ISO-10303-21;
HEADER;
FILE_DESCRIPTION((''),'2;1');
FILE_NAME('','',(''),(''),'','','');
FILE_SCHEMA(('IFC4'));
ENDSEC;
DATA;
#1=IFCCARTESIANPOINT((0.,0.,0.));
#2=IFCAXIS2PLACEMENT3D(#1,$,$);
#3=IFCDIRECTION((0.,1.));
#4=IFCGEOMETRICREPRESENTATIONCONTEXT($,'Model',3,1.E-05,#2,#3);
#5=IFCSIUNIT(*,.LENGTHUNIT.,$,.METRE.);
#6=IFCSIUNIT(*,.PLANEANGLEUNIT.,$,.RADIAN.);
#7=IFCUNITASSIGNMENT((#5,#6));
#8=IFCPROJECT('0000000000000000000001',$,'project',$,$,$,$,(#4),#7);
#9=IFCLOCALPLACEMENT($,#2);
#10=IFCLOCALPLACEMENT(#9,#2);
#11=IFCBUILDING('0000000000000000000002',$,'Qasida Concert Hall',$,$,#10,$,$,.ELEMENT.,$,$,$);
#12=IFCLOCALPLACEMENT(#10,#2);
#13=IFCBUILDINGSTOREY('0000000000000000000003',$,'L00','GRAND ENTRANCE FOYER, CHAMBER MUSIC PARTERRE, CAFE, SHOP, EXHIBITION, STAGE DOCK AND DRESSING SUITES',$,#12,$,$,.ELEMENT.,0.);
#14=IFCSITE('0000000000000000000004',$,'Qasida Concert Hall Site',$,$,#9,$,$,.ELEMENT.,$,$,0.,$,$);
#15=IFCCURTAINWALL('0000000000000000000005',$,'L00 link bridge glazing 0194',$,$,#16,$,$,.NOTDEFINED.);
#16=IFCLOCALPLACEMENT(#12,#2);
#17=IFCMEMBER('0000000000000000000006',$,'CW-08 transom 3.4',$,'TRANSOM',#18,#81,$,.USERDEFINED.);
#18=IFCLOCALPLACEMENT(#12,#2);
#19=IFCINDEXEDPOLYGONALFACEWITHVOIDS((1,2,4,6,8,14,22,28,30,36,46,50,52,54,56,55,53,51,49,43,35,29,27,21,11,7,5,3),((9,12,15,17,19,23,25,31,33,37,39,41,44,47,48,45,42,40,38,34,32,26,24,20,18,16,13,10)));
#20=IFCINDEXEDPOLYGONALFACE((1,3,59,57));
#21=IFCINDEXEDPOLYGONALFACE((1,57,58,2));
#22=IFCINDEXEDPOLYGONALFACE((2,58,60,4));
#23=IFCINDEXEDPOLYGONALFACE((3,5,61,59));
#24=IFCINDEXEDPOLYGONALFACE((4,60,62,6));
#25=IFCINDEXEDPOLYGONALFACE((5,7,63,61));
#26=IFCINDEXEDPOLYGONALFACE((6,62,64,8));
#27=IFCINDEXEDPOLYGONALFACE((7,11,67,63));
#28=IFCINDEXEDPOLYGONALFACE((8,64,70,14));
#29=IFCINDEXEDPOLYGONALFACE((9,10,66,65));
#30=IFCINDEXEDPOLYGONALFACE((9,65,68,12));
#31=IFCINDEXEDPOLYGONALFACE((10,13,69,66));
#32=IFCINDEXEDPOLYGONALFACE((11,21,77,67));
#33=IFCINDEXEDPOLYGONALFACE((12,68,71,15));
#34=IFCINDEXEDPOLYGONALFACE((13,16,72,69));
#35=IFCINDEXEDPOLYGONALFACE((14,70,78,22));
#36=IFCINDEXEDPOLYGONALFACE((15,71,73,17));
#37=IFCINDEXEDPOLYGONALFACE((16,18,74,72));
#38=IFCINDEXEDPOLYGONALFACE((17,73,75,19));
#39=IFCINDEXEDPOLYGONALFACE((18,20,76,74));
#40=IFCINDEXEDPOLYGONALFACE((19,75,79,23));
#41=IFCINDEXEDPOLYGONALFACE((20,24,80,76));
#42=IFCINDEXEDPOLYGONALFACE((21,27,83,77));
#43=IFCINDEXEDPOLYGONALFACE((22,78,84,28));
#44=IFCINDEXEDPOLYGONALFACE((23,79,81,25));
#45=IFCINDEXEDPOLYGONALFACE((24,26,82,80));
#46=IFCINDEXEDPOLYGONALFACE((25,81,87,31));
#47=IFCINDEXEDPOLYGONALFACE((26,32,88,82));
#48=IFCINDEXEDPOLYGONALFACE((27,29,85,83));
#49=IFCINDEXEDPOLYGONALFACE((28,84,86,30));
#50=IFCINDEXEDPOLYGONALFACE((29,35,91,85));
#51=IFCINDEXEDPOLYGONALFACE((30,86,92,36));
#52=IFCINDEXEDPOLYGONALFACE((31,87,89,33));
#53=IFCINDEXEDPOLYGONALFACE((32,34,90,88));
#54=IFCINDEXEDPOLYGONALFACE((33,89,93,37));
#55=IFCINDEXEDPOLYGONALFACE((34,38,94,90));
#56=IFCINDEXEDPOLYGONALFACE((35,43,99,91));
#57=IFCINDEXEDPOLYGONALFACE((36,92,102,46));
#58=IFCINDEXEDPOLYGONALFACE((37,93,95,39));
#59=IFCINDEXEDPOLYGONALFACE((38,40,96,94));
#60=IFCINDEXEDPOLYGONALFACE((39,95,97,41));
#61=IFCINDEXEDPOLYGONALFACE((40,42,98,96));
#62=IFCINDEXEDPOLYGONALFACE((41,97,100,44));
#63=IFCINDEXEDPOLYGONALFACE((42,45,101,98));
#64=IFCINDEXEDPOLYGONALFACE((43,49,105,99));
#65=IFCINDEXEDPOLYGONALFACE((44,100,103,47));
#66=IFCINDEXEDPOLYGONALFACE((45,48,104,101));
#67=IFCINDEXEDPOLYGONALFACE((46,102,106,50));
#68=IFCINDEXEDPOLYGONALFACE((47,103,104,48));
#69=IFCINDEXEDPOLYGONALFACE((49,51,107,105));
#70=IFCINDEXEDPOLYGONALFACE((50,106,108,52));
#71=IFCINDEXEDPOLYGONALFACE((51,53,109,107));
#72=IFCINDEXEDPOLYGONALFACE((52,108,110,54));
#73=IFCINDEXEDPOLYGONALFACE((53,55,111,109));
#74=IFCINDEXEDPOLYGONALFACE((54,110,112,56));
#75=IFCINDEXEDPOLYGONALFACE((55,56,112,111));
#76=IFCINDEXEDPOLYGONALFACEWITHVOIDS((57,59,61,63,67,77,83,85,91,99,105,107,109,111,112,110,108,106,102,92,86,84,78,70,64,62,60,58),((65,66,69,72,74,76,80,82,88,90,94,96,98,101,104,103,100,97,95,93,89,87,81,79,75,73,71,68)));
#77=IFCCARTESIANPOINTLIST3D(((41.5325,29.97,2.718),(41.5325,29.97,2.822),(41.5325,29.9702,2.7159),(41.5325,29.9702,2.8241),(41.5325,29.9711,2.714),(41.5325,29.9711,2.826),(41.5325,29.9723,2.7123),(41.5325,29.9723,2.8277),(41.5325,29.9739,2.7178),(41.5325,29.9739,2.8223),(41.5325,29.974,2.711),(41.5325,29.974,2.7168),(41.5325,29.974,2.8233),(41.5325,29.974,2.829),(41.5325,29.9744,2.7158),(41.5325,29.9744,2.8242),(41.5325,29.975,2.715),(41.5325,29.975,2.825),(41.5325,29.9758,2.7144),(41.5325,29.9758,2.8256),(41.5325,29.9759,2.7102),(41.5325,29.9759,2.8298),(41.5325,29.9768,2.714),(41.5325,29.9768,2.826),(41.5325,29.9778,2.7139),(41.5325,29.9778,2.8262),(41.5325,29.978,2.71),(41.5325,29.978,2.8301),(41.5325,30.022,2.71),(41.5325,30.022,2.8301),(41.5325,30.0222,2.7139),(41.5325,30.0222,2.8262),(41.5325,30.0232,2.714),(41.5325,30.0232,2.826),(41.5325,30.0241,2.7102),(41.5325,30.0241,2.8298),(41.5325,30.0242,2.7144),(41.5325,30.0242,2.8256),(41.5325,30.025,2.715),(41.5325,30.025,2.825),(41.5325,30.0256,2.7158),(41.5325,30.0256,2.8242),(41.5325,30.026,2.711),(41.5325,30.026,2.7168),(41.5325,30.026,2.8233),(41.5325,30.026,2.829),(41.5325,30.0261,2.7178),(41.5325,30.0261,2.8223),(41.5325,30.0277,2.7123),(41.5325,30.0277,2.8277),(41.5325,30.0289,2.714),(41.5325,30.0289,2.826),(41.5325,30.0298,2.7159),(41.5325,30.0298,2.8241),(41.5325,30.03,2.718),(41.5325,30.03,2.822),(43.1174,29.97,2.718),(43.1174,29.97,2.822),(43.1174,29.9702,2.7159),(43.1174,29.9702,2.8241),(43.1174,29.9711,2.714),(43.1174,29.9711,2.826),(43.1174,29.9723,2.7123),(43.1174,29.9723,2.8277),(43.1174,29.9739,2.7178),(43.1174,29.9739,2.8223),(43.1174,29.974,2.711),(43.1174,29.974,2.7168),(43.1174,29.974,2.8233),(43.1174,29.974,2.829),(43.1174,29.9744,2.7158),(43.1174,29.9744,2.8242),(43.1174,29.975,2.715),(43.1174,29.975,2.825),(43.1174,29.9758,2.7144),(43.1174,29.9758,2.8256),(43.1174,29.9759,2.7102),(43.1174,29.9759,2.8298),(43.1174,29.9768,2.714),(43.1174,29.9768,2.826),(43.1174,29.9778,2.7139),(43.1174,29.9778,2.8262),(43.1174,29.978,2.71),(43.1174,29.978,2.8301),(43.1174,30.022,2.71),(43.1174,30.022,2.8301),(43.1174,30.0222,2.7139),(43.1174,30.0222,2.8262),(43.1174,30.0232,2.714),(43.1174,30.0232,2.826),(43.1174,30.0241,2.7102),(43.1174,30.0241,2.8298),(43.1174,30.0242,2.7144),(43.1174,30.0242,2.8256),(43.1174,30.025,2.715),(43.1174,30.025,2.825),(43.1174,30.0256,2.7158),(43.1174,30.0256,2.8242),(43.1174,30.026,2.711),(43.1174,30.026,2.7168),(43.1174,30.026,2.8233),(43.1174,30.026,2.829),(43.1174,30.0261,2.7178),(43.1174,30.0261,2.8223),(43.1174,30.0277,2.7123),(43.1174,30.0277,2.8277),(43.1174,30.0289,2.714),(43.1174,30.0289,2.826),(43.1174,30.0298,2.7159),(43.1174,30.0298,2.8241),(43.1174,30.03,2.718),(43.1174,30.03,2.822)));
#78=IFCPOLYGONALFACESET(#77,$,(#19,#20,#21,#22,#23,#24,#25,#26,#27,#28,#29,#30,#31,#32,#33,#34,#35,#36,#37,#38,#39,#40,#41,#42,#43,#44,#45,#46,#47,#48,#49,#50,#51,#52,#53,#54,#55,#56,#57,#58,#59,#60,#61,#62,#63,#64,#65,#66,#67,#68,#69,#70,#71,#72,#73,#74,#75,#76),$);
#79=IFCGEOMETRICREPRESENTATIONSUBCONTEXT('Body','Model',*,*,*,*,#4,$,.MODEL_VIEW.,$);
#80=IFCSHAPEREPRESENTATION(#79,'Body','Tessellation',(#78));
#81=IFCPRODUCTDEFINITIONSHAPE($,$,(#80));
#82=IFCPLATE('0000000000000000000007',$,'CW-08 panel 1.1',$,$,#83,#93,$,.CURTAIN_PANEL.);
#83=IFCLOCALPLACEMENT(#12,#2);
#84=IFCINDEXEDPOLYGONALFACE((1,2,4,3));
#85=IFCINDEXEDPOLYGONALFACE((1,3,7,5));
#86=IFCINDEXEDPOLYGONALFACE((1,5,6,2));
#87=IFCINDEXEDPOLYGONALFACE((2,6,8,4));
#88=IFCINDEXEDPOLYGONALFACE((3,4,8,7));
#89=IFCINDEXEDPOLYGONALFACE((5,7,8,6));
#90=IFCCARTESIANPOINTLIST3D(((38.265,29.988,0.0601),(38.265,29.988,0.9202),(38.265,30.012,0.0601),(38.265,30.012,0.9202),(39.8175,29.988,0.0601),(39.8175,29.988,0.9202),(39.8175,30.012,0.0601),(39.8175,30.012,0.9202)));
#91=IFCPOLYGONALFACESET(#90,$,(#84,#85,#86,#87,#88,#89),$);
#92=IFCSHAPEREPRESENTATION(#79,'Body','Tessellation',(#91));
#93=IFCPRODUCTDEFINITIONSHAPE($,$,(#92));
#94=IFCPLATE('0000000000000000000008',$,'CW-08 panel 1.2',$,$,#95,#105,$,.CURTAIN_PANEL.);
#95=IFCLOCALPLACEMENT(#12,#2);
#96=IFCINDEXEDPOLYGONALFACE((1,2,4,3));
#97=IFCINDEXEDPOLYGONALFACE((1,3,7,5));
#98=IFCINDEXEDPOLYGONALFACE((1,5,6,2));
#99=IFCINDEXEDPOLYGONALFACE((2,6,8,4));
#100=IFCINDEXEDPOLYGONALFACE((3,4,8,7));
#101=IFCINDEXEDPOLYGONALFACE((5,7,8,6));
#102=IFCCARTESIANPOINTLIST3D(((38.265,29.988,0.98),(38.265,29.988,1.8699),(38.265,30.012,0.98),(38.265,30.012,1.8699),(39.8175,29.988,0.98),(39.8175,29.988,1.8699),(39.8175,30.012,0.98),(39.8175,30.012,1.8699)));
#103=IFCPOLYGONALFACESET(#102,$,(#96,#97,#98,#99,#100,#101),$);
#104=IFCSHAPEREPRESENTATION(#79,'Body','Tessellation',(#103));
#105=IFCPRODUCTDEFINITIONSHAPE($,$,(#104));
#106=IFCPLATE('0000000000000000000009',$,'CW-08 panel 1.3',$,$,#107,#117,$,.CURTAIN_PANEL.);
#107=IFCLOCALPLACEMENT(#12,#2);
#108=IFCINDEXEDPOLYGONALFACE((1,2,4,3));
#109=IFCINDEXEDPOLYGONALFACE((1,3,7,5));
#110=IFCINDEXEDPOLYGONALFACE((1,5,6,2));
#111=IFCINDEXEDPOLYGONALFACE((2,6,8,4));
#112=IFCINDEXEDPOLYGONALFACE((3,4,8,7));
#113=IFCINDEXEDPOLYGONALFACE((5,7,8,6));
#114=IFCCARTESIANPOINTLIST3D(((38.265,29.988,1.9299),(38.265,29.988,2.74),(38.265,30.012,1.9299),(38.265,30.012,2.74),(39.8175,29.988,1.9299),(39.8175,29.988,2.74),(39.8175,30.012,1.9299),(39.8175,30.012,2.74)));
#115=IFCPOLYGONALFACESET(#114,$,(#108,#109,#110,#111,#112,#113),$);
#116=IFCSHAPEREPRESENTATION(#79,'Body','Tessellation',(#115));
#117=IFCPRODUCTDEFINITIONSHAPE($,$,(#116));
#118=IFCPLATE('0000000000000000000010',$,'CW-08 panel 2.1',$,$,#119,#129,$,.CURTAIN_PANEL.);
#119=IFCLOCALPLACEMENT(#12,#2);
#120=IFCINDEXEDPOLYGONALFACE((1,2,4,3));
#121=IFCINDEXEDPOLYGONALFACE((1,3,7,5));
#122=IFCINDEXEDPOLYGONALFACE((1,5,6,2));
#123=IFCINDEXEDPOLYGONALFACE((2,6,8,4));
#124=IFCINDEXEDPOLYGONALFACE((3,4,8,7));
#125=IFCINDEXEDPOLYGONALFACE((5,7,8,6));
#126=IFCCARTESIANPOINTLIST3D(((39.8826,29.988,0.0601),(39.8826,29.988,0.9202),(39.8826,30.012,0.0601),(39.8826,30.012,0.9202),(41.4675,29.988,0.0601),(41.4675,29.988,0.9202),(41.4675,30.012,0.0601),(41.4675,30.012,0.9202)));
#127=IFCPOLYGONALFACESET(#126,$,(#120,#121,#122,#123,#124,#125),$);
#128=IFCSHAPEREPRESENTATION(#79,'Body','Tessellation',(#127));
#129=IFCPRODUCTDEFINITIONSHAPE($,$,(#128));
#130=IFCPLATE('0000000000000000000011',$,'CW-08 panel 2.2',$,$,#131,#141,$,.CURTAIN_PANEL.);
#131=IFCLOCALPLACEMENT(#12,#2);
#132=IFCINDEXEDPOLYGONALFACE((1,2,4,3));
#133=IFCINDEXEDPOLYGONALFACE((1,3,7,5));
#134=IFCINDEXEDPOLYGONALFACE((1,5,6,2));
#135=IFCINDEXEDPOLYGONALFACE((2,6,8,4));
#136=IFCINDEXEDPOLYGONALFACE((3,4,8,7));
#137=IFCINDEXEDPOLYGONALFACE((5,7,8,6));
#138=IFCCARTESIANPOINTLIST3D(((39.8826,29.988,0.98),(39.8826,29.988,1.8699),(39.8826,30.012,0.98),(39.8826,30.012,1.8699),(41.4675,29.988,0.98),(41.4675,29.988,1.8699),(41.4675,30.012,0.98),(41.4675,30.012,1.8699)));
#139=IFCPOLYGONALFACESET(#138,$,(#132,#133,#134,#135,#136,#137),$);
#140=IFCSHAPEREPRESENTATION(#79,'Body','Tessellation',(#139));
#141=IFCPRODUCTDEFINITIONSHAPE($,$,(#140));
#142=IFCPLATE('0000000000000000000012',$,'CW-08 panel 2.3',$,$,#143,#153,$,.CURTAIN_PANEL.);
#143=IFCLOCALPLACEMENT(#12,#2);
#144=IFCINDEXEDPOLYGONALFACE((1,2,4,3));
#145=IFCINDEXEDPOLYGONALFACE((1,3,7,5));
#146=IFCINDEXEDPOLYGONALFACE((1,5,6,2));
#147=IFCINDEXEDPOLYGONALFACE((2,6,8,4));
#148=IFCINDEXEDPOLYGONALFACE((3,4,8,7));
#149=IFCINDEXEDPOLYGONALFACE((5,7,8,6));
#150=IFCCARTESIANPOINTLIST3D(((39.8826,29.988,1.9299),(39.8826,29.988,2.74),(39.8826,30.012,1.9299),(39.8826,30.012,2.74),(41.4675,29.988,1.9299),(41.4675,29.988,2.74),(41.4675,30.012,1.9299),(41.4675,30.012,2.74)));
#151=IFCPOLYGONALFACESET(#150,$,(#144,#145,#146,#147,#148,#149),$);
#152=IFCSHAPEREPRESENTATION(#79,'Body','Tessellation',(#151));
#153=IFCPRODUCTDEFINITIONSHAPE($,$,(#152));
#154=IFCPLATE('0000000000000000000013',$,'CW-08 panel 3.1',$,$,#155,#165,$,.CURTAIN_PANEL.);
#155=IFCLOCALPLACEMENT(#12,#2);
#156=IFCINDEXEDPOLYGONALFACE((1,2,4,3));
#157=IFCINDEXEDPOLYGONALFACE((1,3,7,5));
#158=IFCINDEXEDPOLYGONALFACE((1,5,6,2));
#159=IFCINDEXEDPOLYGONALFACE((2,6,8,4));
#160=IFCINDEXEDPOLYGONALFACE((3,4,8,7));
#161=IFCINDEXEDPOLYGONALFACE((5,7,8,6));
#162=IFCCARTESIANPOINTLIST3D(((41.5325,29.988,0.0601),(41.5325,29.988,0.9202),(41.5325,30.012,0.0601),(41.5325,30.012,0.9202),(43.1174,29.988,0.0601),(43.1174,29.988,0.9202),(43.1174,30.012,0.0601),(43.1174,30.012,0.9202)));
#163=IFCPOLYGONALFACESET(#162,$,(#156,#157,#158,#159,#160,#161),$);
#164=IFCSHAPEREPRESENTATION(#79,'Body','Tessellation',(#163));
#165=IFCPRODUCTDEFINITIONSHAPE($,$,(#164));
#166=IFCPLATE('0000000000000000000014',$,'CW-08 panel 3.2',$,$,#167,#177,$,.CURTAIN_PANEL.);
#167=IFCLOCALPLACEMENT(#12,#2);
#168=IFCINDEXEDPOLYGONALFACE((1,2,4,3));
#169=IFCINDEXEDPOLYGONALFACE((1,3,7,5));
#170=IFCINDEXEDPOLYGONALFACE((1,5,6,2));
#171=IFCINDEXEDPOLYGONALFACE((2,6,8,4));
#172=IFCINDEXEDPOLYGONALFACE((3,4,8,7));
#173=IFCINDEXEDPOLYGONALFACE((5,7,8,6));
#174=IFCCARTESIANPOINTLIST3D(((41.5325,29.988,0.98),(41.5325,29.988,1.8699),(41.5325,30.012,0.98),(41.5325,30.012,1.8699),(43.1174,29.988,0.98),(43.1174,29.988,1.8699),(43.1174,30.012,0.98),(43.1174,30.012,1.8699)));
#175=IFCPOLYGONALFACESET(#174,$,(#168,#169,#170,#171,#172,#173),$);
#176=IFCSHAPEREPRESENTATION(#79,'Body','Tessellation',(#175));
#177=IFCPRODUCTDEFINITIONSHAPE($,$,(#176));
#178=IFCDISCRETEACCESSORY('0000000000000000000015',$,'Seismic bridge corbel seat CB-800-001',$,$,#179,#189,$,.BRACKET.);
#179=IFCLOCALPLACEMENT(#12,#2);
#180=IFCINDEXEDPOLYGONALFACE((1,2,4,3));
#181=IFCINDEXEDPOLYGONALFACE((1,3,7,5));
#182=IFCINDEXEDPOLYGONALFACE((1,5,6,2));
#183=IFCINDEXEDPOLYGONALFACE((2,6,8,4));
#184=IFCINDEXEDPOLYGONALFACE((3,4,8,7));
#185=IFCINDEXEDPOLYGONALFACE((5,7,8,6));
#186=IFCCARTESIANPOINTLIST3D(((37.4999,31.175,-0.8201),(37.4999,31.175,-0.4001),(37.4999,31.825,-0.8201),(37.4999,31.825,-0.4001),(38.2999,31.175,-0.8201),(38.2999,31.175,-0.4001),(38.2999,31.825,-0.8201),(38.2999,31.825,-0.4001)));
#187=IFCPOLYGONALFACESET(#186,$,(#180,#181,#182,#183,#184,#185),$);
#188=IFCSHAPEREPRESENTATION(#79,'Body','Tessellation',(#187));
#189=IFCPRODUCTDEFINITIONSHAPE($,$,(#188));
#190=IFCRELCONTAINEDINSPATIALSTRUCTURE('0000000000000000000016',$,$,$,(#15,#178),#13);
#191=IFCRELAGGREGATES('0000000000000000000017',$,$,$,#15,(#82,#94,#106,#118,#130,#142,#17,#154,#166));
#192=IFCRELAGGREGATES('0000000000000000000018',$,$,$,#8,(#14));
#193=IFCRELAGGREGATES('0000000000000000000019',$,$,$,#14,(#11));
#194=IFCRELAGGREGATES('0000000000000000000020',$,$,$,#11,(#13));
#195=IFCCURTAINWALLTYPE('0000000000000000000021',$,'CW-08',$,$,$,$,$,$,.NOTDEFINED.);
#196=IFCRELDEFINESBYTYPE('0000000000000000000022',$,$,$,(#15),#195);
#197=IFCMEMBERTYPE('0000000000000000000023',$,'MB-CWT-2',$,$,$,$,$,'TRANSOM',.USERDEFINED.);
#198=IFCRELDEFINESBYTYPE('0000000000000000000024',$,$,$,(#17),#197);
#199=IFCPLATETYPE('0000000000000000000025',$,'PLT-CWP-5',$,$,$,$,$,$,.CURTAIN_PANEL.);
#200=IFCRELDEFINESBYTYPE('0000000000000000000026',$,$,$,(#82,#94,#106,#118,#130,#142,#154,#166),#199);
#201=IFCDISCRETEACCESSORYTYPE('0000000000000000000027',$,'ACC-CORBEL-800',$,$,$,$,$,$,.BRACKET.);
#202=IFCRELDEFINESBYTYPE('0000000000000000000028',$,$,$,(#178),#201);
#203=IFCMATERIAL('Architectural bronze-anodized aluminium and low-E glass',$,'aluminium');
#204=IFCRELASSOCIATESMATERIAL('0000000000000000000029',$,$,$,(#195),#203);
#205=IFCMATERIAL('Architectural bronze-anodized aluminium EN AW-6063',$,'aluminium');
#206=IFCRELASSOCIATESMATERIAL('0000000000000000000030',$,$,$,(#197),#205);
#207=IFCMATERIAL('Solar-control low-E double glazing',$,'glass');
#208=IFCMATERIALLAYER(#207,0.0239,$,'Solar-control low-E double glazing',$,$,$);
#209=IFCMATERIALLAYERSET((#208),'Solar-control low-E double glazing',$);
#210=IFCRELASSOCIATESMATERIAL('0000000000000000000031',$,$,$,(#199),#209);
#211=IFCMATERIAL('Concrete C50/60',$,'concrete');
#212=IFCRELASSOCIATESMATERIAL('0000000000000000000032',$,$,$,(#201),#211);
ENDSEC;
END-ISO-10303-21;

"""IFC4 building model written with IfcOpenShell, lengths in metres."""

from ifc_helpers import new_model, si_unit, direction, frame, origin, origin_2d, place, context, subcontext, project, spatial, rectangle, hollow_rectangle, extrude, material, layer, layer_set, material_profile, profile_set, type_object, element, aggregate, save


model = new_model("IFC4")

# Units and contexts
model_context = context("Model", 3, precision=1e-05, world=origin(), true_north=direction((0.0, 1.0)))
body_context = subcontext(model_context, "Body", "Model", "MODEL_VIEW")
ifc_project = project(units=[si_unit("LENGTHUNIT", "METRE"), si_unit("PLANEANGLEUNIT", "RADIAN")], contexts=[model_context])

# Site, building, storey
site_placement = place(None, origin())
site = spatial("IfcSite", under=ifc_project, at=site_placement, Name="Qasida Concert Hall Site", CompositionType="ELEMENT", RefElevation=0.0)
building_placement = place(site_placement, origin())
building = spatial("IfcBuilding", under=site, at=building_placement, Name="Qasida Concert Hall", CompositionType="ELEMENT")
storey_placement = place(building_placement, origin())
storey = spatial("IfcBuildingStorey", under=building, at=storey_placement, Name="L00", Description="GRAND ENTRANCE FOYER, CHAMBER MUSIC PARTERRE, CAFE, SHOP, EXHIBITION, STAGE DOCK AND DRESSING SUITES", CompositionType="ELEMENT", Elevation=0.0)

# Curtain wall, member, plates
ifc_material_1 = material(Name="Architectural bronze-anodized aluminium and low-E glass", Category="aluminium")
curtain_wall_type = type_object("IfcCurtainWallType", Name="CW-08", PredefinedType="NOTDEFINED", material=ifc_material_1)
curtain_wall_placement = place(storey_placement, origin())
curtain_wall = element("IfcCurtainWall", 1, at=curtain_wall_placement, inside=storey, type_object=curtain_wall_type, Name="L00 link bridge glazing 0194", PredefinedType="NOTDEFINED")
ifc_material_2 = material(Name="Architectural bronze-anodized aluminium EN AW-6063", Category="aluminium")
ifc_material_profile_1 = material_profile(ifc_material_2, hollow_rectangle(XDim=0.0601, YDim=0.1201, WallThickness=0.0039, InnerFilletRadius=0.0039, OuterFilletRadius=0.0081, at=origin_2d()), Name="CWT 120x60x4")
ifc_profile_set_1 = profile_set([ifc_material_profile_1], Name="Architectural bronze-anodized aluminium EN AW-6063")
member_type_1 = type_object("IfcMemberType", Name="MB-CWT-2", ElementType="TRANSOM", PredefinedType="USERDEFINED", material=ifc_profile_set_1)
member_1_placement = place(storey_placement, frame((41.5325, 30.0, 2.77), z_axis=(1.0, 0.0, 0.0), x_axis=(0.0, 1.0, 0.0)))
member_1 = element("IfcMember", 2, at=member_1_placement, type_object=member_type_1, Name="CW-08 transom 3.4", ObjectType="TRANSOM", PredefinedType="USERDEFINED", context=body_context, shape_type="SweptSolid", body=[
    extrude(hollow_rectangle(XDim=0.0601, YDim=0.1201, WallThickness=0.0039, InnerFilletRadius=0.0039, OuterFilletRadius=0.0081, at=origin_2d()), origin(), (0.0, 0.0, 1.0), 1.585),
])
ifc_material_3 = material(Name="Solar-control low-E double glazing", Category="glass")
ifc_layer = layer(ifc_material_3, 0.0239, Name="Solar-control low-E double glazing")
ifc_layer_set = layer_set([ifc_layer], Name="Solar-control low-E double glazing")
plate_type = type_object("IfcPlateType", Name="PLT-CWP-5", PredefinedType="CURTAIN_PANEL", material=ifc_layer_set)
plate_1_placement = place(storey_placement, frame((39.0413, 30.0, 0.0601), z_axis=(0.0, 0.0, 1.0), x_axis=(1.0, 0.0, 0.0)))
plate_1 = element("IfcPlate", 3, at=plate_1_placement, type_object=plate_type, Name="CW-08 panel 1.1", PredefinedType="CURTAIN_PANEL", context=body_context, shape_type="SweptSolid", body=[
    extrude(rectangle(XDim=1.5525, YDim=0.0239, at=origin_2d()), origin(), (0.0, 0.0, 1.0), 0.8601),
])
plate_2_placement = place(storey_placement, frame((39.0413, 30.0, 0.98), z_axis=(0.0, 0.0, 1.0), x_axis=(1.0, 0.0, 0.0)))
plate_2 = element("IfcPlate", 4, at=plate_2_placement, type_object=plate_type, Name="CW-08 panel 1.2", PredefinedType="CURTAIN_PANEL", context=body_context, shape_type="SweptSolid", body=[
    extrude(rectangle(XDim=1.5525, YDim=0.0239, at=origin_2d()), origin(), (0.0, 0.0, 1.0), 0.8899),
])
plate_3_placement = place(storey_placement, frame((39.0413, 30.0, 1.9299), z_axis=(0.0, 0.0, 1.0), x_axis=(1.0, 0.0, 0.0)))
plate_3 = element("IfcPlate", 5, at=plate_3_placement, type_object=plate_type, Name="CW-08 panel 1.3", PredefinedType="CURTAIN_PANEL", context=body_context, shape_type="SweptSolid", body=[
    extrude(rectangle(XDim=1.5525, YDim=0.0239, at=origin_2d()), origin(), (0.0, 0.0, 1.0), 0.8101),
])
plate_4_placement = place(storey_placement, frame((40.675, 30.0, 0.0601), z_axis=(0.0, 0.0, 1.0), x_axis=(1.0, 0.0, 0.0)))
plate_4 = element("IfcPlate", 6, at=plate_4_placement, type_object=plate_type, Name="CW-08 panel 2.1", PredefinedType="CURTAIN_PANEL", context=body_context, shape_type="SweptSolid", body=[
    extrude(rectangle(XDim=1.585, YDim=0.0239, at=origin_2d()), origin(), (0.0, 0.0, 1.0), 0.8601),
])
plate_5_placement = place(storey_placement, frame((40.675, 30.0, 0.98), z_axis=(0.0, 0.0, 1.0), x_axis=(1.0, 0.0, 0.0)))
plate_5 = element("IfcPlate", 7, at=plate_5_placement, type_object=plate_type, Name="CW-08 panel 2.2", PredefinedType="CURTAIN_PANEL", context=body_context, shape_type="SweptSolid", body=[
    extrude(rectangle(XDim=1.585, YDim=0.0239, at=origin_2d()), origin(), (0.0, 0.0, 1.0), 0.8899),
])
plate_6_placement = place(storey_placement, frame((40.675, 30.0, 1.9299), z_axis=(0.0, 0.0, 1.0), x_axis=(1.0, 0.0, 0.0)))
plate_6 = element("IfcPlate", 8, at=plate_6_placement, type_object=plate_type, Name="CW-08 panel 2.3", PredefinedType="CURTAIN_PANEL", context=body_context, shape_type="SweptSolid", body=[
    extrude(rectangle(XDim=1.585, YDim=0.0239, at=origin_2d()), origin(), (0.0, 0.0, 1.0), 0.8101),
])
plate_7_placement = place(storey_placement, frame((42.325, 30.0, 0.0601), z_axis=(0.0, 0.0, 1.0), x_axis=(1.0, 0.0, 0.0)))
plate_7 = element("IfcPlate", 9, at=plate_7_placement, type_object=plate_type, Name="CW-08 panel 3.1", PredefinedType="CURTAIN_PANEL", context=body_context, shape_type="SweptSolid", body=[
    extrude(rectangle(XDim=1.585, YDim=0.0239, at=origin_2d()), origin(), (0.0, 0.0, 1.0), 0.8601),
])
plate_8_placement = place(storey_placement, frame((42.325, 30.0, 0.98), z_axis=(0.0, 0.0, 1.0), x_axis=(1.0, 0.0, 0.0)))
plate_8 = element("IfcPlate", 10, at=plate_8_placement, type_object=plate_type, Name="CW-08 panel 3.2", PredefinedType="CURTAIN_PANEL", context=body_context, shape_type="SweptSolid", body=[
    extrude(rectangle(XDim=1.585, YDim=0.0239, at=origin_2d()), origin(), (0.0, 0.0, 1.0), 0.8899),
])
aggregate(curtain_wall, [plate_1, plate_2, plate_3, plate_4, plate_5, plate_6, member_1, plate_7, plate_8])

# Discrete accessory
ifc_material_4 = material(Name="Concrete C50/60", Category="concrete")
discrete_accessory_type_1 = type_object("IfcDiscreteAccessoryType", Name="ACC-CORBEL-800", PredefinedType="BRACKET", material=ifc_material_4)
discrete_accessory_1_placement = place(storey_placement, frame((37.8999, 31.5, -0.8201), z_axis=(0.0, 0.0, 1.0), x_axis=(1.0, 0.0, 0.0)))
element("IfcDiscreteAccessory", 11, at=discrete_accessory_1_placement, inside=storey, type_object=discrete_accessory_type_1, Name="Seismic bridge corbel seat CB-800-001", PredefinedType="BRACKET", context=body_context, shape_type="SweptSolid", body=[
    extrude(rectangle(XDim=0.8, YDim=0.6499, at=origin_2d()), origin(), (0.0, 0.0, 1.0), 0.4199),
])

save(model, "model.ifc")
